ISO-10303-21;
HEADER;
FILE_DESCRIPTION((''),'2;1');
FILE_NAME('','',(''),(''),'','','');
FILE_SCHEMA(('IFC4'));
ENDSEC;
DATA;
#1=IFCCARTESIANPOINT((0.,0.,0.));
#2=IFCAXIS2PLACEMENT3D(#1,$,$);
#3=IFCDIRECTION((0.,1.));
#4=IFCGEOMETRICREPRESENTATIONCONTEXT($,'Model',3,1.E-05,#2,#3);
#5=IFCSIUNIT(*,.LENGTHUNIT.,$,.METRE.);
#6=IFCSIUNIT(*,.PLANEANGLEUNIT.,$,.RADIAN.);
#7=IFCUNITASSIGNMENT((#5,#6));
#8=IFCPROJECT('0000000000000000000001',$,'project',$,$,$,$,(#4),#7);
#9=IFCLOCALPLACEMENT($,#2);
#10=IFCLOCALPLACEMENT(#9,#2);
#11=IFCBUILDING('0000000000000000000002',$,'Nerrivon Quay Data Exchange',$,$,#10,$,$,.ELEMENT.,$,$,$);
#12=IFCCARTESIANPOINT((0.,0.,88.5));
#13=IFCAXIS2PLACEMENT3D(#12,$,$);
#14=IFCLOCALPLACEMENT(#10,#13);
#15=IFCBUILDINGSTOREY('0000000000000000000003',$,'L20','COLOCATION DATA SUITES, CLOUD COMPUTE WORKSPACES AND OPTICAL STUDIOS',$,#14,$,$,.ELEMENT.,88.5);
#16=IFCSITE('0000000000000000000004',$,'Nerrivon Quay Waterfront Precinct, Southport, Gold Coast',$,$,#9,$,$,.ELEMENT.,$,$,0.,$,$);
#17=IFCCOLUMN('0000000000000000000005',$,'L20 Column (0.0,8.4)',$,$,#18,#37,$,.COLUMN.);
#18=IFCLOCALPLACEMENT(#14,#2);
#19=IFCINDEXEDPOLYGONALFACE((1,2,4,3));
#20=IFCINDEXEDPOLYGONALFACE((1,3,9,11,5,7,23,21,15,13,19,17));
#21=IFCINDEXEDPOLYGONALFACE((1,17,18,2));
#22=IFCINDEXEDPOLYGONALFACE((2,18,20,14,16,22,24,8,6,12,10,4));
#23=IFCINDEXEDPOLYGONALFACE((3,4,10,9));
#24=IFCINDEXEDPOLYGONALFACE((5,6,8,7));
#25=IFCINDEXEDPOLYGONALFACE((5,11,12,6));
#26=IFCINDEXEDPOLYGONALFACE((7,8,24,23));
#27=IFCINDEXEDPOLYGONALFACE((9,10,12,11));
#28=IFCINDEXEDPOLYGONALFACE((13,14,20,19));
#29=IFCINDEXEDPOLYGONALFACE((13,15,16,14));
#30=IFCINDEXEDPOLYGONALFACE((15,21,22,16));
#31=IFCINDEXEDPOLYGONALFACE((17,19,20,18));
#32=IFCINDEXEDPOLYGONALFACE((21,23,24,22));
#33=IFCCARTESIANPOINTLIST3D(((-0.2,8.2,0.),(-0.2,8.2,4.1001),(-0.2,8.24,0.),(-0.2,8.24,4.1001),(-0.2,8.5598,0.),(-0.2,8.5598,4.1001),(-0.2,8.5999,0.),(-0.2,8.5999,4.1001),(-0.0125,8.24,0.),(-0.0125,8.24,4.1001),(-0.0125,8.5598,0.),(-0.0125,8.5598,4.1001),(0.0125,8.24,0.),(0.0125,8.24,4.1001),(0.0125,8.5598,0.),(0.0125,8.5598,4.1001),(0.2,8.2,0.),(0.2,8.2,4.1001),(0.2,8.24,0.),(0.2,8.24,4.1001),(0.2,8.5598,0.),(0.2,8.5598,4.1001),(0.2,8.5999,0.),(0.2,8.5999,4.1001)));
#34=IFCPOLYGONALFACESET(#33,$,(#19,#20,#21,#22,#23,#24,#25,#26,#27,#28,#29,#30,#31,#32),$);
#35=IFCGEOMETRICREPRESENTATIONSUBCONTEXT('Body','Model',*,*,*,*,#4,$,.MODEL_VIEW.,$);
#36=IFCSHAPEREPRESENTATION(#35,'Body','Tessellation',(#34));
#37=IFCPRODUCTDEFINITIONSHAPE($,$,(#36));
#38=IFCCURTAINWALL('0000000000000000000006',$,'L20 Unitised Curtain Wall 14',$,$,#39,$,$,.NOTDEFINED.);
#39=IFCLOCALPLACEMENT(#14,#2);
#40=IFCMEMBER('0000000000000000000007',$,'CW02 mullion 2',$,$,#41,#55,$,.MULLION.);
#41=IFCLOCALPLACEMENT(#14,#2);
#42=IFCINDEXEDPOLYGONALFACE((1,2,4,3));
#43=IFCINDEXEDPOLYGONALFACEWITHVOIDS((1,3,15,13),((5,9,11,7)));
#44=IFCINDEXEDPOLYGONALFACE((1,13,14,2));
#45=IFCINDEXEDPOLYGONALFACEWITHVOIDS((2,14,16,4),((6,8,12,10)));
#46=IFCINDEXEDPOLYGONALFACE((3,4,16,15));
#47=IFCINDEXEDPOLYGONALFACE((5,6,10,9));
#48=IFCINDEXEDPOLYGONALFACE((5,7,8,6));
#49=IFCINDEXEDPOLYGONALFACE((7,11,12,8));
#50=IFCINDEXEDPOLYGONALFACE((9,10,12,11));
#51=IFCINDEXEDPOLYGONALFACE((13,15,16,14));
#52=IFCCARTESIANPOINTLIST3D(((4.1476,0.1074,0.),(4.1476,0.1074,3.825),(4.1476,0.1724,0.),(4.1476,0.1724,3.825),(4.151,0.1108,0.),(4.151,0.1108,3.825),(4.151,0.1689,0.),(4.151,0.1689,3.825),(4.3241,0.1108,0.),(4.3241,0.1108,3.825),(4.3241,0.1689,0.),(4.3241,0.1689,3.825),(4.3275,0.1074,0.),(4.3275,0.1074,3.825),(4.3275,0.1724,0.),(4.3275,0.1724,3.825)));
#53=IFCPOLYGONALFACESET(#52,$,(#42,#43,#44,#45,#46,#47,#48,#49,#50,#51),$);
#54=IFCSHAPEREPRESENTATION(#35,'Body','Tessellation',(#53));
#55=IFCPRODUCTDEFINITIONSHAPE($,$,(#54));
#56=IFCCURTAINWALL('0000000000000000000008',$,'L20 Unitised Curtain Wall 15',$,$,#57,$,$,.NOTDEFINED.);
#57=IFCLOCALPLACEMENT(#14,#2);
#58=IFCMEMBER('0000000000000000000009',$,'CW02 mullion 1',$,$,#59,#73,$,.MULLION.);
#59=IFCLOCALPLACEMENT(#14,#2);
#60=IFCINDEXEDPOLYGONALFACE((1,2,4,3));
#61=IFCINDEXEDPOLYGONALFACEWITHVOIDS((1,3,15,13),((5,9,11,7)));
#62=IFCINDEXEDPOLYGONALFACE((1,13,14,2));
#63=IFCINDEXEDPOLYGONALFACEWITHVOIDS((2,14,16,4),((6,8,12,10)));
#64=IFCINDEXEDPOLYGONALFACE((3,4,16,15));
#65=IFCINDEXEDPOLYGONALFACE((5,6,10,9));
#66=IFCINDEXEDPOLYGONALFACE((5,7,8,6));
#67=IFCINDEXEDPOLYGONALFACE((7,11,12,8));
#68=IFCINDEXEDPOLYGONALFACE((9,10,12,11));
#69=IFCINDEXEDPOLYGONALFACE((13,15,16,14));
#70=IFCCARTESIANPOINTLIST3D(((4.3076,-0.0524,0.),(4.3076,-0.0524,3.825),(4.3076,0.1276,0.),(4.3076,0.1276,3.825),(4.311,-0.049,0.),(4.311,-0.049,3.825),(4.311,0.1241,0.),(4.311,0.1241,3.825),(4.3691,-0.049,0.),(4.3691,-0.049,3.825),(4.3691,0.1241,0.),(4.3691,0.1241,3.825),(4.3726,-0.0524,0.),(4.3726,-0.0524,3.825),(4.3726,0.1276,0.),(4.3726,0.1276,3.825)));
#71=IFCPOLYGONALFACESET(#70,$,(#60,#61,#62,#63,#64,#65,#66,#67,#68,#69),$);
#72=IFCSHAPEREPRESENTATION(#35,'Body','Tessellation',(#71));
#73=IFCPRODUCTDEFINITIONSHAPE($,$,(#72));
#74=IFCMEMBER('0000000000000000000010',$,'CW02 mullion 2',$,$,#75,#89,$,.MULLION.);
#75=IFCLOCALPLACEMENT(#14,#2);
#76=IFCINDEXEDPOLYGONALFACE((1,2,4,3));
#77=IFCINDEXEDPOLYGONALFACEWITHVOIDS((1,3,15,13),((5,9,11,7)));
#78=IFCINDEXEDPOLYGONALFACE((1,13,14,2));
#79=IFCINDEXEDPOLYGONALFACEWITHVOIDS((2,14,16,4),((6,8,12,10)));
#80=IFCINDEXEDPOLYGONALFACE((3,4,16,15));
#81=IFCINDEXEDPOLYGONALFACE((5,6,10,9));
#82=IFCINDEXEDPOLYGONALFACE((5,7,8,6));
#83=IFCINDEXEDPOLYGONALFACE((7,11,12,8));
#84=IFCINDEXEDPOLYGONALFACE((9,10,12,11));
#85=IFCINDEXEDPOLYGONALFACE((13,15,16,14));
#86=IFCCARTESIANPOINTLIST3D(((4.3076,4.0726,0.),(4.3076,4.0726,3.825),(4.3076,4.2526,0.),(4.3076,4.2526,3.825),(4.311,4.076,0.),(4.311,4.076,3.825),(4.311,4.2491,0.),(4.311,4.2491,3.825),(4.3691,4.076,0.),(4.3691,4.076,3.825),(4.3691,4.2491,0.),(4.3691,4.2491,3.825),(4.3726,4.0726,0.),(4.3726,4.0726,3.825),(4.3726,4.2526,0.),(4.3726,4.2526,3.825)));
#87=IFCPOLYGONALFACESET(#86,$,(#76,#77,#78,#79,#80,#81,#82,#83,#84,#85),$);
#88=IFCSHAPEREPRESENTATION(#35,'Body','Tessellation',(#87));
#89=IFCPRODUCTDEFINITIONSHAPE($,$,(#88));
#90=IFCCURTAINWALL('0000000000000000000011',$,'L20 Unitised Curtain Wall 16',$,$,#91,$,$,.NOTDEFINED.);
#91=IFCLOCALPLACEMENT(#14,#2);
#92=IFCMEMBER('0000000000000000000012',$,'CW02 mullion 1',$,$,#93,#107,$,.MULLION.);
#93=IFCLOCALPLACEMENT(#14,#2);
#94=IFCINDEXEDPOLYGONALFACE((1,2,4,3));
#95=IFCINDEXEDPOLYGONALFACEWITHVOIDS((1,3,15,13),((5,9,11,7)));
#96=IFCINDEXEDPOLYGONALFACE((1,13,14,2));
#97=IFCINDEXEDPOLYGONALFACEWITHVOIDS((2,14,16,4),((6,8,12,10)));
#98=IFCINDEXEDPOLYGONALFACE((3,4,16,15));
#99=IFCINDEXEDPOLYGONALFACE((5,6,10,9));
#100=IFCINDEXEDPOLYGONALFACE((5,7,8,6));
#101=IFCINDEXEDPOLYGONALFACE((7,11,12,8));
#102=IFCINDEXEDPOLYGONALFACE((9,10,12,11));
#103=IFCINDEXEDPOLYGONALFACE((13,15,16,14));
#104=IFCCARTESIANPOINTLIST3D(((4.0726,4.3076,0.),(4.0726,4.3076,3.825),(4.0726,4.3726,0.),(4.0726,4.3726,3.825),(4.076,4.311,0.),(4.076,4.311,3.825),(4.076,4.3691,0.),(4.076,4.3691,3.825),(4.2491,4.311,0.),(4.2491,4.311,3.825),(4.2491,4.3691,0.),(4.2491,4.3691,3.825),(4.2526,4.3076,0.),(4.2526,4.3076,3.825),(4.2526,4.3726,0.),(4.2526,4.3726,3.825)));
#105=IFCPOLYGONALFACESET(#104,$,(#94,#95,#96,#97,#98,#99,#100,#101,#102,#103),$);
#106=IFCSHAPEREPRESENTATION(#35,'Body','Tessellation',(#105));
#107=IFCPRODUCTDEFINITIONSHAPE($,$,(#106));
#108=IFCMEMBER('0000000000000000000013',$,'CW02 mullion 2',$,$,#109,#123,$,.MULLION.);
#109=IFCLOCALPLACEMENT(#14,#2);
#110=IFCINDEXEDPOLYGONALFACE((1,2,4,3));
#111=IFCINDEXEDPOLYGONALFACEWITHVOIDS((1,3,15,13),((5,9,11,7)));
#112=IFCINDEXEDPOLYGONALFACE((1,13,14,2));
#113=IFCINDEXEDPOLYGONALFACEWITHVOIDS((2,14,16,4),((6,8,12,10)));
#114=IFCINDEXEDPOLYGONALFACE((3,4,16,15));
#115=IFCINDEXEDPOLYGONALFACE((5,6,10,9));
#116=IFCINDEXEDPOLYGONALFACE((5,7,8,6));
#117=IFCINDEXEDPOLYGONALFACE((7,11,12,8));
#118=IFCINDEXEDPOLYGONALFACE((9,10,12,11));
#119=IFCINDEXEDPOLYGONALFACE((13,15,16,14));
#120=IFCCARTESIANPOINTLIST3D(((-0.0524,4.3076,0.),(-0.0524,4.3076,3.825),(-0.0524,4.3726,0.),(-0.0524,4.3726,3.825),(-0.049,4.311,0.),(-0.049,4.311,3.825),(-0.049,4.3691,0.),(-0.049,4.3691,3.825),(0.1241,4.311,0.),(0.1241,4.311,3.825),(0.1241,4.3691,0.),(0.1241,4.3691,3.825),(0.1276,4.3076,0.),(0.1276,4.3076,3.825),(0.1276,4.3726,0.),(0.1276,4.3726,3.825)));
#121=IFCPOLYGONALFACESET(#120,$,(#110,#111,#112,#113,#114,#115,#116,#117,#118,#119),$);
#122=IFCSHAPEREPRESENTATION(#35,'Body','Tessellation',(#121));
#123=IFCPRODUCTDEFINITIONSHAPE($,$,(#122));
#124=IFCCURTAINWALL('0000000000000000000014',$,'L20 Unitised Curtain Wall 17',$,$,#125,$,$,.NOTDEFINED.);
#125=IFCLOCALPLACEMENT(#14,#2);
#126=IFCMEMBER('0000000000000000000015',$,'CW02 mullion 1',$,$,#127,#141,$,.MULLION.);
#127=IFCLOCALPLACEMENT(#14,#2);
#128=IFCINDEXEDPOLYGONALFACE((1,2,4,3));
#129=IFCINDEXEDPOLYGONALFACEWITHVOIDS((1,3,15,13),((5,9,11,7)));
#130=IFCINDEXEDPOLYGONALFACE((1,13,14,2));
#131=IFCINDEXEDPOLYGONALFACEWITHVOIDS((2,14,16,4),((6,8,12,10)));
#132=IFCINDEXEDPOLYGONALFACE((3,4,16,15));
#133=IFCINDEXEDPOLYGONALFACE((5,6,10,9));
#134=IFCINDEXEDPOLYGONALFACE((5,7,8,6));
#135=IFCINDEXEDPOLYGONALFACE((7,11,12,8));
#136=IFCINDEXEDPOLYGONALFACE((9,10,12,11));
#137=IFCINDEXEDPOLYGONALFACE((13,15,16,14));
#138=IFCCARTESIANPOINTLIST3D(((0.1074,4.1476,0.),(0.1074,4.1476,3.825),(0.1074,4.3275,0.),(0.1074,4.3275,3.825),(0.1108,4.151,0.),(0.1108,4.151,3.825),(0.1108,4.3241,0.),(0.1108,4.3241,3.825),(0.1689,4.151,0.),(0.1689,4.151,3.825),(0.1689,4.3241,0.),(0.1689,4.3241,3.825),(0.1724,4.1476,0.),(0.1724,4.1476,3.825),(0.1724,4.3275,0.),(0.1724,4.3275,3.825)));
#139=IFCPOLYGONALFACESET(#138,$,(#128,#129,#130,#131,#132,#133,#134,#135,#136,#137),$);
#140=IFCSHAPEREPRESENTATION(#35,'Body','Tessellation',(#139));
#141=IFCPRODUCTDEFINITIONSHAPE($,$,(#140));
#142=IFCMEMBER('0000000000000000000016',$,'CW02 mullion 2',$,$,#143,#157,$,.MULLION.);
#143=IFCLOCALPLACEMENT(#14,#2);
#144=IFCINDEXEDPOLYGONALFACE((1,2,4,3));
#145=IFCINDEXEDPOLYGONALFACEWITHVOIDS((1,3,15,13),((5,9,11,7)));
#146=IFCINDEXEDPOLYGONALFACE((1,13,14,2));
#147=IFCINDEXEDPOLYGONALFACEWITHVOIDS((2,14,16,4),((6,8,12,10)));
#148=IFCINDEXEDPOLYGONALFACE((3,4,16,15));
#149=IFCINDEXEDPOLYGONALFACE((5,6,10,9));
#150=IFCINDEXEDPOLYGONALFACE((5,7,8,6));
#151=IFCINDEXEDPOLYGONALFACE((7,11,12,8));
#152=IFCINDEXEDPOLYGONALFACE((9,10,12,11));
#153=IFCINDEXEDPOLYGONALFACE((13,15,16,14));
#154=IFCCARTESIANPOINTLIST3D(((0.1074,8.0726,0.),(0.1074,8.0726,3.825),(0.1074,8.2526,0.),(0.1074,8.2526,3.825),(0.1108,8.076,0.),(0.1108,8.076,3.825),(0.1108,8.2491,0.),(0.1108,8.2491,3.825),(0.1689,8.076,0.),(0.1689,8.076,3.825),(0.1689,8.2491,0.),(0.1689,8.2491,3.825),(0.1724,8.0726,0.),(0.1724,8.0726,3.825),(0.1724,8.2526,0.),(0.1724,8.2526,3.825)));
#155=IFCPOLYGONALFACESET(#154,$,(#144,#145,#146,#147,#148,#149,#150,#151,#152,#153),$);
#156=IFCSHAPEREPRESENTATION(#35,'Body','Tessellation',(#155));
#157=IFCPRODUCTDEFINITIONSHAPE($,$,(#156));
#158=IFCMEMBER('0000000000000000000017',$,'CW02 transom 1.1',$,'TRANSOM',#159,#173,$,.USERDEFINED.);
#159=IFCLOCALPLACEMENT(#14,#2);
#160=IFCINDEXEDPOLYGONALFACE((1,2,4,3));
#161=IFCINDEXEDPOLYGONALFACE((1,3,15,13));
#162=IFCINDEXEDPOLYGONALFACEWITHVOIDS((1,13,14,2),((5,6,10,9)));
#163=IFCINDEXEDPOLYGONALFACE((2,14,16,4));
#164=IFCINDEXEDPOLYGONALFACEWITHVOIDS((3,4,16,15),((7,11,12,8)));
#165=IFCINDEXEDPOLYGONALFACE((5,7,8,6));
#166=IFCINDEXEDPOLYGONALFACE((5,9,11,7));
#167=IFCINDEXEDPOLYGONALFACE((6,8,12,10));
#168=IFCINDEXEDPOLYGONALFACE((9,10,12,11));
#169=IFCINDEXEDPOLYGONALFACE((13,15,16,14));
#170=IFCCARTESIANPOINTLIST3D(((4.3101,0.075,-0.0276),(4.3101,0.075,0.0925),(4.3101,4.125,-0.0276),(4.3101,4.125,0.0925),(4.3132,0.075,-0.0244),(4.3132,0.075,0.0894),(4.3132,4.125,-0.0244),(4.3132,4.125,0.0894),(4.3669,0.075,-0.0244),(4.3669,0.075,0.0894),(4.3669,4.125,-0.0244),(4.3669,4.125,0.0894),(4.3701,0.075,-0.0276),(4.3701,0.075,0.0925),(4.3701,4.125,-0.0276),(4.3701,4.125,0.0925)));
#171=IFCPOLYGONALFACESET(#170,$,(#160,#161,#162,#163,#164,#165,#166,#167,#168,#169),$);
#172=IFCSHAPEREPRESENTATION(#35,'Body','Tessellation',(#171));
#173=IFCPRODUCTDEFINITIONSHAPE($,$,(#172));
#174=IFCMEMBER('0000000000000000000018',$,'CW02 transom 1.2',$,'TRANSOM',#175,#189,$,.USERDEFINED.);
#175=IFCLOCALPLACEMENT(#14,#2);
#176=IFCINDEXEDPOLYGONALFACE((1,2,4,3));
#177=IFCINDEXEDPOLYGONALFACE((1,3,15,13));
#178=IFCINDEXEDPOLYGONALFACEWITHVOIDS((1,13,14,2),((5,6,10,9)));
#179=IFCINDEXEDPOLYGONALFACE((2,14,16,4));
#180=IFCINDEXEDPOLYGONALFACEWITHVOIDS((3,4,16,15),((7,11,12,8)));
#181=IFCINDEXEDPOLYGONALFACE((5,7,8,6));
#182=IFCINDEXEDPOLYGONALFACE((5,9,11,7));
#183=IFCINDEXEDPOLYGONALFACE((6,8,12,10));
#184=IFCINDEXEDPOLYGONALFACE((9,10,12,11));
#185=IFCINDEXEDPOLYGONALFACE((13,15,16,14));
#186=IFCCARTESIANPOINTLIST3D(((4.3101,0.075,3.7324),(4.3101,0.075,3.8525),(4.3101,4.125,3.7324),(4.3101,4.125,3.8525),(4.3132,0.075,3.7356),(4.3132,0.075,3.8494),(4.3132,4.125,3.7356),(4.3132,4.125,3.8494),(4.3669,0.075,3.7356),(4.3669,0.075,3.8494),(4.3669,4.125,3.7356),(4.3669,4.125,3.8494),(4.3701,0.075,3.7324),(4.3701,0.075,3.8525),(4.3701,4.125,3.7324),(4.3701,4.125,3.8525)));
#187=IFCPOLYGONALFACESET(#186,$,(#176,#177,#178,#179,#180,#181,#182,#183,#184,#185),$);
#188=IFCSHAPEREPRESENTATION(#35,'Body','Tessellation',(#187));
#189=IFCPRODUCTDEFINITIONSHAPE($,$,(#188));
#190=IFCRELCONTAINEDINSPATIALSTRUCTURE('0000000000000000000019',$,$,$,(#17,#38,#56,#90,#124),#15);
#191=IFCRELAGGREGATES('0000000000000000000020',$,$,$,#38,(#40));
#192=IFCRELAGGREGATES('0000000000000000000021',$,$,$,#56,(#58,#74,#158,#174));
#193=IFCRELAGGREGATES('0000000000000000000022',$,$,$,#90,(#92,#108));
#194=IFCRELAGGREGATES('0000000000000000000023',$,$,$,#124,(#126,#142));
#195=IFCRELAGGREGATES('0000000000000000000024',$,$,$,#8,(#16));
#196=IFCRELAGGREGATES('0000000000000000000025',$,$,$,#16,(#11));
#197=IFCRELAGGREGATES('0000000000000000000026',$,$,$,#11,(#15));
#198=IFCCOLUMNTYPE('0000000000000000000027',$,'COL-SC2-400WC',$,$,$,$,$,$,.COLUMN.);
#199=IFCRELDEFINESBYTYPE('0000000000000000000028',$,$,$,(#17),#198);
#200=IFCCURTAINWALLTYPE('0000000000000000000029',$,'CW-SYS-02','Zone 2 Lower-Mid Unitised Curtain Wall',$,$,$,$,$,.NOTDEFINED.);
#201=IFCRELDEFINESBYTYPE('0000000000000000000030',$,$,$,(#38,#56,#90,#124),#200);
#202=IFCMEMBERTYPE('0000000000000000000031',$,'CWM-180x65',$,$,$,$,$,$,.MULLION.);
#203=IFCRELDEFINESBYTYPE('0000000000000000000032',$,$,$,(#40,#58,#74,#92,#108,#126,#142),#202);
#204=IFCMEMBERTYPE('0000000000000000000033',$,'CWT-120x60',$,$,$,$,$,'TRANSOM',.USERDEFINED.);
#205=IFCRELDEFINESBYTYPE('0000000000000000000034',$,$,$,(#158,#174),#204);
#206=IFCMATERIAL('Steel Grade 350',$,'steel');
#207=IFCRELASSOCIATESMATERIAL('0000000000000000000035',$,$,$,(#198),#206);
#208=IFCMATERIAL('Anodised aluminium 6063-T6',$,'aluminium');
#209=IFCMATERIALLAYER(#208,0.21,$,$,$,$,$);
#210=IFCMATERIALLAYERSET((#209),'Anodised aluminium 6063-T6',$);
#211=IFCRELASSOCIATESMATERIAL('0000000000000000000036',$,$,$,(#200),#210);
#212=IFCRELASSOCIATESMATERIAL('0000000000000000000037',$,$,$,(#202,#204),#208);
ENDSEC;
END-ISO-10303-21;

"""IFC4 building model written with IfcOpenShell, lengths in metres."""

from ifc_helpers import new_model, si_unit, direction, frame, origin, origin_2d, place, context, subcontext, project, spatial, hollow_rectangle, i_section, extrude, material, layer, layer_set, material_profile, profile_set, type_object, element, aggregate, save


model = new_model("IFC4")

# Units and contexts
model_context = context("Model", 3, precision=1e-05, world=origin(), true_north=direction((0.0, 1.0)))
body_context = subcontext(model_context, "Body", "Model", "MODEL_VIEW")
ifc_project = project(units=[si_unit("LENGTHUNIT", "METRE"), si_unit("PLANEANGLEUNIT", "RADIAN")], contexts=[model_context])

# Site, building, storey
site_placement = place(None, origin())
site = spatial("IfcSite", under=ifc_project, at=site_placement, Name="Nerrivon Quay Waterfront Precinct, Southport, Gold Coast", CompositionType="ELEMENT", RefElevation=0.0)
building_placement = place(site_placement, origin())
building = spatial("IfcBuilding", under=site, at=building_placement, Name="Nerrivon Quay Data Exchange", CompositionType="ELEMENT")
storey_placement = place(building_placement, frame((0.0, 0.0, 88.5)))
storey = spatial("IfcBuildingStorey", under=building, at=storey_placement, Name="L20", Description="COLOCATION DATA SUITES, CLOUD COMPUTE WORKSPACES AND OPTICAL STUDIOS", CompositionType="ELEMENT", Elevation=88.5)

# Column
ifc_material_1 = material(Name="Steel Grade 350", Category="steel")
ifc_material_profile_1 = material_profile(ifc_material_1, i_section(OverallWidth=0.3999, OverallDepth=0.3999, WebThickness=0.0249, FlangeThickness=0.04, at=origin_2d()), Name="400WC328")
ifc_profile_set_1 = profile_set([ifc_material_profile_1], Name="Steel Grade 350")
column_type = type_object("IfcColumnType", Name="COL-SC2-400WC", PredefinedType="COLUMN", material=ifc_profile_set_1)
column_placement = place(storey_placement, frame((0.0, 8.3999, 0.0), z_axis=(0.0, 0.0, 1.0), x_axis=(1.0, 0.0, 0.0)))
element("IfcColumn", 1, at=column_placement, inside=storey, type_object=column_type, Name="L20 Column (0.0,8.4)", PredefinedType="COLUMN", context=body_context, shape_type="SweptSolid", body=[
    extrude(i_section(OverallWidth=0.3999, OverallDepth=0.3999, WebThickness=0.0249, FlangeThickness=0.04, at=origin_2d()), origin(), (0.0, 0.0, 1.0), 4.1001),
])

# Curtain wall, member
ifc_material_2 = material(Name="Anodised aluminium 6063-T6", Category="aluminium")
ifc_layer_1 = layer(ifc_material_2, 0.21)
ifc_layer_set_1 = layer_set([ifc_layer_1], Name="Anodised aluminium 6063-T6")
curtain_wall_type = type_object("IfcCurtainWallType", Name="CW-SYS-02", Description="Zone 2 Lower-Mid Unitised Curtain Wall", PredefinedType="NOTDEFINED", material=ifc_layer_set_1)
curtain_wall_1_placement = place(storey_placement, origin())
curtain_wall_1 = element("IfcCurtainWall", 2, at=curtain_wall_1_placement, inside=storey, type_object=curtain_wall_type, Name="L20 Unitised Curtain Wall 14", PredefinedType="NOTDEFINED")
ifc_material_profile_2 = material_profile(ifc_material_2, hollow_rectangle(XDim=0.0649, YDim=0.1799, WallThickness=0.0034, at=origin_2d()), Name="ALU-MULL-180x65")
ifc_profile_set_2 = profile_set([ifc_material_profile_2], Name="Anodised aluminium 6063-T6")
member_type_1 = type_object("IfcMemberType", Name="CWM-180x65", PredefinedType="MULLION", material=ifc_profile_set_2)
member_1_placement = place(storey_placement, frame((4.2375, 0.1399, 0.0), z_axis=(0.0, 0.0, 1.0), x_axis=(0.0, -1.0, 0.0)))
member_1 = element("IfcMember", 3, at=member_1_placement, type_object=member_type_1, Name="CW02 mullion 2", PredefinedType="MULLION", context=body_context, shape_type="SweptSolid", body=[
    extrude(hollow_rectangle(XDim=0.0649, YDim=0.1799, WallThickness=0.0034, at=origin_2d()), origin(), (0.0, 0.0, 1.0), 3.825),
])
aggregate(curtain_wall_1, [member_1])

# Curtain walls, members
curtain_wall_2_placement = place(storey_placement, origin())
curtain_wall_2 = element("IfcCurtainWall", 4, at=curtain_wall_2_placement, inside=storey, type_object=curtain_wall_type, Name="L20 Unitised Curtain Wall 15", PredefinedType="NOTDEFINED")
member_2_placement = place(storey_placement, frame((4.3401, 0.0376, 0.0), z_axis=(0.0, 0.0, 1.0), x_axis=(-1.0, 0.0, 0.0)))
member_2 = element("IfcMember", 5, at=member_2_placement, type_object=member_type_1, Name="CW02 mullion 1", PredefinedType="MULLION", context=body_context, shape_type="SweptSolid", body=[
    extrude(hollow_rectangle(XDim=0.0649, YDim=0.1799, WallThickness=0.0034, at=origin_2d()), origin(), (0.0, 0.0, 1.0), 3.825),
])
member_3_placement = place(storey_placement, frame((4.3401, 4.1626, 0.0), z_axis=(0.0, 0.0, 1.0), x_axis=(-1.0, 0.0, 0.0)))
member_3 = element("IfcMember", 6, at=member_3_placement, type_object=member_type_1, Name="CW02 mullion 2", PredefinedType="MULLION", context=body_context, shape_type="SweptSolid", body=[
    extrude(hollow_rectangle(XDim=0.0649, YDim=0.1799, WallThickness=0.0034, at=origin_2d()), origin(), (0.0, 0.0, 1.0), 3.825),
])
curtain_wall_3_placement = place(storey_placement, origin())
curtain_wall_3 = element("IfcCurtainWall", 7, at=curtain_wall_3_placement, inside=storey, type_object=curtain_wall_type, Name="L20 Unitised Curtain Wall 16", PredefinedType="NOTDEFINED")
member_4_placement = place(storey_placement, frame((4.1626, 4.3401, 0.0), z_axis=(0.0, 0.0, 1.0), x_axis=(0.0, -1.0, 0.0)))
member_4 = element("IfcMember", 8, at=member_4_placement, type_object=member_type_1, Name="CW02 mullion 1", PredefinedType="MULLION", context=body_context, shape_type="SweptSolid", body=[
    extrude(hollow_rectangle(XDim=0.0649, YDim=0.1799, WallThickness=0.0034, at=origin_2d()), origin(), (0.0, 0.0, 1.0), 3.825),
])
member_5_placement = place(storey_placement, frame((0.0376, 4.3401, 0.0), z_axis=(0.0, 0.0, 1.0), x_axis=(0.0, -1.0, 0.0)))
member_5 = element("IfcMember", 9, at=member_5_placement, type_object=member_type_1, Name="CW02 mullion 2", PredefinedType="MULLION", context=body_context, shape_type="SweptSolid", body=[
    extrude(hollow_rectangle(XDim=0.0649, YDim=0.1799, WallThickness=0.0034, at=origin_2d()), origin(), (0.0, 0.0, 1.0), 3.825),
])
curtain_wall_4_placement = place(storey_placement, origin())
curtain_wall_4 = element("IfcCurtainWall", 10, at=curtain_wall_4_placement, inside=storey, type_object=curtain_wall_type, Name="L20 Unitised Curtain Wall 17", PredefinedType="NOTDEFINED")
member_6_placement = place(storey_placement, frame((0.1399, 4.2375, 0.0), z_axis=(0.0, 0.0, 1.0), x_axis=(-1.0, 0.0, 0.0)))
member_6 = element("IfcMember", 11, at=member_6_placement, type_object=member_type_1, Name="CW02 mullion 1", PredefinedType="MULLION", context=body_context, shape_type="SweptSolid", body=[
    extrude(hollow_rectangle(XDim=0.0649, YDim=0.1799, WallThickness=0.0034, at=origin_2d()), origin(), (0.0, 0.0, 1.0), 3.825),
])
member_7_placement = place(storey_placement, frame((0.1399, 8.1626, 0.0), z_axis=(0.0, 0.0, 1.0), x_axis=(-1.0, 0.0, 0.0)))
member_7 = element("IfcMember", 12, at=member_7_placement, type_object=member_type_1, Name="CW02 mullion 2", PredefinedType="MULLION", context=body_context, shape_type="SweptSolid", body=[
    extrude(hollow_rectangle(XDim=0.0649, YDim=0.1799, WallThickness=0.0034, at=origin_2d()), origin(), (0.0, 0.0, 1.0), 3.825),
])

# Members
ifc_material_profile_3 = material_profile(ifc_material_2, hollow_rectangle(XDim=0.0601, YDim=0.1201, WallThickness=0.0032, at=origin_2d()), Name="ALU-TRAN-120x60")
ifc_profile_set_3 = profile_set([ifc_material_profile_3], Name="Anodised aluminium 6063-T6")
member_type_2 = type_object("IfcMemberType", Name="CWT-120x60", ElementType="TRANSOM", PredefinedType="USERDEFINED", material=ifc_profile_set_3)
member_8_placement = place(storey_placement, frame((4.3401, 0.075, 0.0325), z_axis=(0.0, 1.0, 0.0), x_axis=(-1.0, 0.0, 0.0)))
member_8 = element("IfcMember", 13, at=member_8_placement, type_object=member_type_2, Name="CW02 transom 1.1", ObjectType="TRANSOM", PredefinedType="USERDEFINED", context=body_context, shape_type="SweptSolid", body=[
    extrude(hollow_rectangle(XDim=0.0601, YDim=0.1201, WallThickness=0.0032, at=origin_2d()), origin(), (0.0, 0.0, 1.0), 4.05),
])
member_9_placement = place(storey_placement, frame((4.3401, 0.075, 3.7925), z_axis=(0.0, 1.0, 0.0), x_axis=(-1.0, 0.0, 0.0)))
member_9 = element("IfcMember", 14, at=member_9_placement, type_object=member_type_2, Name="CW02 transom 1.2", ObjectType="TRANSOM", PredefinedType="USERDEFINED", context=body_context, shape_type="SweptSolid", body=[
    extrude(hollow_rectangle(XDim=0.0601, YDim=0.1201, WallThickness=0.0032, at=origin_2d()), origin(), (0.0, 0.0, 1.0), 4.05),
])

aggregate(curtain_wall_2, [member_2, member_3, member_8, member_9])
aggregate(curtain_wall_3, [member_4, member_5])
aggregate(curtain_wall_4, [member_6, member_7])

save(model, "model.ifc")
